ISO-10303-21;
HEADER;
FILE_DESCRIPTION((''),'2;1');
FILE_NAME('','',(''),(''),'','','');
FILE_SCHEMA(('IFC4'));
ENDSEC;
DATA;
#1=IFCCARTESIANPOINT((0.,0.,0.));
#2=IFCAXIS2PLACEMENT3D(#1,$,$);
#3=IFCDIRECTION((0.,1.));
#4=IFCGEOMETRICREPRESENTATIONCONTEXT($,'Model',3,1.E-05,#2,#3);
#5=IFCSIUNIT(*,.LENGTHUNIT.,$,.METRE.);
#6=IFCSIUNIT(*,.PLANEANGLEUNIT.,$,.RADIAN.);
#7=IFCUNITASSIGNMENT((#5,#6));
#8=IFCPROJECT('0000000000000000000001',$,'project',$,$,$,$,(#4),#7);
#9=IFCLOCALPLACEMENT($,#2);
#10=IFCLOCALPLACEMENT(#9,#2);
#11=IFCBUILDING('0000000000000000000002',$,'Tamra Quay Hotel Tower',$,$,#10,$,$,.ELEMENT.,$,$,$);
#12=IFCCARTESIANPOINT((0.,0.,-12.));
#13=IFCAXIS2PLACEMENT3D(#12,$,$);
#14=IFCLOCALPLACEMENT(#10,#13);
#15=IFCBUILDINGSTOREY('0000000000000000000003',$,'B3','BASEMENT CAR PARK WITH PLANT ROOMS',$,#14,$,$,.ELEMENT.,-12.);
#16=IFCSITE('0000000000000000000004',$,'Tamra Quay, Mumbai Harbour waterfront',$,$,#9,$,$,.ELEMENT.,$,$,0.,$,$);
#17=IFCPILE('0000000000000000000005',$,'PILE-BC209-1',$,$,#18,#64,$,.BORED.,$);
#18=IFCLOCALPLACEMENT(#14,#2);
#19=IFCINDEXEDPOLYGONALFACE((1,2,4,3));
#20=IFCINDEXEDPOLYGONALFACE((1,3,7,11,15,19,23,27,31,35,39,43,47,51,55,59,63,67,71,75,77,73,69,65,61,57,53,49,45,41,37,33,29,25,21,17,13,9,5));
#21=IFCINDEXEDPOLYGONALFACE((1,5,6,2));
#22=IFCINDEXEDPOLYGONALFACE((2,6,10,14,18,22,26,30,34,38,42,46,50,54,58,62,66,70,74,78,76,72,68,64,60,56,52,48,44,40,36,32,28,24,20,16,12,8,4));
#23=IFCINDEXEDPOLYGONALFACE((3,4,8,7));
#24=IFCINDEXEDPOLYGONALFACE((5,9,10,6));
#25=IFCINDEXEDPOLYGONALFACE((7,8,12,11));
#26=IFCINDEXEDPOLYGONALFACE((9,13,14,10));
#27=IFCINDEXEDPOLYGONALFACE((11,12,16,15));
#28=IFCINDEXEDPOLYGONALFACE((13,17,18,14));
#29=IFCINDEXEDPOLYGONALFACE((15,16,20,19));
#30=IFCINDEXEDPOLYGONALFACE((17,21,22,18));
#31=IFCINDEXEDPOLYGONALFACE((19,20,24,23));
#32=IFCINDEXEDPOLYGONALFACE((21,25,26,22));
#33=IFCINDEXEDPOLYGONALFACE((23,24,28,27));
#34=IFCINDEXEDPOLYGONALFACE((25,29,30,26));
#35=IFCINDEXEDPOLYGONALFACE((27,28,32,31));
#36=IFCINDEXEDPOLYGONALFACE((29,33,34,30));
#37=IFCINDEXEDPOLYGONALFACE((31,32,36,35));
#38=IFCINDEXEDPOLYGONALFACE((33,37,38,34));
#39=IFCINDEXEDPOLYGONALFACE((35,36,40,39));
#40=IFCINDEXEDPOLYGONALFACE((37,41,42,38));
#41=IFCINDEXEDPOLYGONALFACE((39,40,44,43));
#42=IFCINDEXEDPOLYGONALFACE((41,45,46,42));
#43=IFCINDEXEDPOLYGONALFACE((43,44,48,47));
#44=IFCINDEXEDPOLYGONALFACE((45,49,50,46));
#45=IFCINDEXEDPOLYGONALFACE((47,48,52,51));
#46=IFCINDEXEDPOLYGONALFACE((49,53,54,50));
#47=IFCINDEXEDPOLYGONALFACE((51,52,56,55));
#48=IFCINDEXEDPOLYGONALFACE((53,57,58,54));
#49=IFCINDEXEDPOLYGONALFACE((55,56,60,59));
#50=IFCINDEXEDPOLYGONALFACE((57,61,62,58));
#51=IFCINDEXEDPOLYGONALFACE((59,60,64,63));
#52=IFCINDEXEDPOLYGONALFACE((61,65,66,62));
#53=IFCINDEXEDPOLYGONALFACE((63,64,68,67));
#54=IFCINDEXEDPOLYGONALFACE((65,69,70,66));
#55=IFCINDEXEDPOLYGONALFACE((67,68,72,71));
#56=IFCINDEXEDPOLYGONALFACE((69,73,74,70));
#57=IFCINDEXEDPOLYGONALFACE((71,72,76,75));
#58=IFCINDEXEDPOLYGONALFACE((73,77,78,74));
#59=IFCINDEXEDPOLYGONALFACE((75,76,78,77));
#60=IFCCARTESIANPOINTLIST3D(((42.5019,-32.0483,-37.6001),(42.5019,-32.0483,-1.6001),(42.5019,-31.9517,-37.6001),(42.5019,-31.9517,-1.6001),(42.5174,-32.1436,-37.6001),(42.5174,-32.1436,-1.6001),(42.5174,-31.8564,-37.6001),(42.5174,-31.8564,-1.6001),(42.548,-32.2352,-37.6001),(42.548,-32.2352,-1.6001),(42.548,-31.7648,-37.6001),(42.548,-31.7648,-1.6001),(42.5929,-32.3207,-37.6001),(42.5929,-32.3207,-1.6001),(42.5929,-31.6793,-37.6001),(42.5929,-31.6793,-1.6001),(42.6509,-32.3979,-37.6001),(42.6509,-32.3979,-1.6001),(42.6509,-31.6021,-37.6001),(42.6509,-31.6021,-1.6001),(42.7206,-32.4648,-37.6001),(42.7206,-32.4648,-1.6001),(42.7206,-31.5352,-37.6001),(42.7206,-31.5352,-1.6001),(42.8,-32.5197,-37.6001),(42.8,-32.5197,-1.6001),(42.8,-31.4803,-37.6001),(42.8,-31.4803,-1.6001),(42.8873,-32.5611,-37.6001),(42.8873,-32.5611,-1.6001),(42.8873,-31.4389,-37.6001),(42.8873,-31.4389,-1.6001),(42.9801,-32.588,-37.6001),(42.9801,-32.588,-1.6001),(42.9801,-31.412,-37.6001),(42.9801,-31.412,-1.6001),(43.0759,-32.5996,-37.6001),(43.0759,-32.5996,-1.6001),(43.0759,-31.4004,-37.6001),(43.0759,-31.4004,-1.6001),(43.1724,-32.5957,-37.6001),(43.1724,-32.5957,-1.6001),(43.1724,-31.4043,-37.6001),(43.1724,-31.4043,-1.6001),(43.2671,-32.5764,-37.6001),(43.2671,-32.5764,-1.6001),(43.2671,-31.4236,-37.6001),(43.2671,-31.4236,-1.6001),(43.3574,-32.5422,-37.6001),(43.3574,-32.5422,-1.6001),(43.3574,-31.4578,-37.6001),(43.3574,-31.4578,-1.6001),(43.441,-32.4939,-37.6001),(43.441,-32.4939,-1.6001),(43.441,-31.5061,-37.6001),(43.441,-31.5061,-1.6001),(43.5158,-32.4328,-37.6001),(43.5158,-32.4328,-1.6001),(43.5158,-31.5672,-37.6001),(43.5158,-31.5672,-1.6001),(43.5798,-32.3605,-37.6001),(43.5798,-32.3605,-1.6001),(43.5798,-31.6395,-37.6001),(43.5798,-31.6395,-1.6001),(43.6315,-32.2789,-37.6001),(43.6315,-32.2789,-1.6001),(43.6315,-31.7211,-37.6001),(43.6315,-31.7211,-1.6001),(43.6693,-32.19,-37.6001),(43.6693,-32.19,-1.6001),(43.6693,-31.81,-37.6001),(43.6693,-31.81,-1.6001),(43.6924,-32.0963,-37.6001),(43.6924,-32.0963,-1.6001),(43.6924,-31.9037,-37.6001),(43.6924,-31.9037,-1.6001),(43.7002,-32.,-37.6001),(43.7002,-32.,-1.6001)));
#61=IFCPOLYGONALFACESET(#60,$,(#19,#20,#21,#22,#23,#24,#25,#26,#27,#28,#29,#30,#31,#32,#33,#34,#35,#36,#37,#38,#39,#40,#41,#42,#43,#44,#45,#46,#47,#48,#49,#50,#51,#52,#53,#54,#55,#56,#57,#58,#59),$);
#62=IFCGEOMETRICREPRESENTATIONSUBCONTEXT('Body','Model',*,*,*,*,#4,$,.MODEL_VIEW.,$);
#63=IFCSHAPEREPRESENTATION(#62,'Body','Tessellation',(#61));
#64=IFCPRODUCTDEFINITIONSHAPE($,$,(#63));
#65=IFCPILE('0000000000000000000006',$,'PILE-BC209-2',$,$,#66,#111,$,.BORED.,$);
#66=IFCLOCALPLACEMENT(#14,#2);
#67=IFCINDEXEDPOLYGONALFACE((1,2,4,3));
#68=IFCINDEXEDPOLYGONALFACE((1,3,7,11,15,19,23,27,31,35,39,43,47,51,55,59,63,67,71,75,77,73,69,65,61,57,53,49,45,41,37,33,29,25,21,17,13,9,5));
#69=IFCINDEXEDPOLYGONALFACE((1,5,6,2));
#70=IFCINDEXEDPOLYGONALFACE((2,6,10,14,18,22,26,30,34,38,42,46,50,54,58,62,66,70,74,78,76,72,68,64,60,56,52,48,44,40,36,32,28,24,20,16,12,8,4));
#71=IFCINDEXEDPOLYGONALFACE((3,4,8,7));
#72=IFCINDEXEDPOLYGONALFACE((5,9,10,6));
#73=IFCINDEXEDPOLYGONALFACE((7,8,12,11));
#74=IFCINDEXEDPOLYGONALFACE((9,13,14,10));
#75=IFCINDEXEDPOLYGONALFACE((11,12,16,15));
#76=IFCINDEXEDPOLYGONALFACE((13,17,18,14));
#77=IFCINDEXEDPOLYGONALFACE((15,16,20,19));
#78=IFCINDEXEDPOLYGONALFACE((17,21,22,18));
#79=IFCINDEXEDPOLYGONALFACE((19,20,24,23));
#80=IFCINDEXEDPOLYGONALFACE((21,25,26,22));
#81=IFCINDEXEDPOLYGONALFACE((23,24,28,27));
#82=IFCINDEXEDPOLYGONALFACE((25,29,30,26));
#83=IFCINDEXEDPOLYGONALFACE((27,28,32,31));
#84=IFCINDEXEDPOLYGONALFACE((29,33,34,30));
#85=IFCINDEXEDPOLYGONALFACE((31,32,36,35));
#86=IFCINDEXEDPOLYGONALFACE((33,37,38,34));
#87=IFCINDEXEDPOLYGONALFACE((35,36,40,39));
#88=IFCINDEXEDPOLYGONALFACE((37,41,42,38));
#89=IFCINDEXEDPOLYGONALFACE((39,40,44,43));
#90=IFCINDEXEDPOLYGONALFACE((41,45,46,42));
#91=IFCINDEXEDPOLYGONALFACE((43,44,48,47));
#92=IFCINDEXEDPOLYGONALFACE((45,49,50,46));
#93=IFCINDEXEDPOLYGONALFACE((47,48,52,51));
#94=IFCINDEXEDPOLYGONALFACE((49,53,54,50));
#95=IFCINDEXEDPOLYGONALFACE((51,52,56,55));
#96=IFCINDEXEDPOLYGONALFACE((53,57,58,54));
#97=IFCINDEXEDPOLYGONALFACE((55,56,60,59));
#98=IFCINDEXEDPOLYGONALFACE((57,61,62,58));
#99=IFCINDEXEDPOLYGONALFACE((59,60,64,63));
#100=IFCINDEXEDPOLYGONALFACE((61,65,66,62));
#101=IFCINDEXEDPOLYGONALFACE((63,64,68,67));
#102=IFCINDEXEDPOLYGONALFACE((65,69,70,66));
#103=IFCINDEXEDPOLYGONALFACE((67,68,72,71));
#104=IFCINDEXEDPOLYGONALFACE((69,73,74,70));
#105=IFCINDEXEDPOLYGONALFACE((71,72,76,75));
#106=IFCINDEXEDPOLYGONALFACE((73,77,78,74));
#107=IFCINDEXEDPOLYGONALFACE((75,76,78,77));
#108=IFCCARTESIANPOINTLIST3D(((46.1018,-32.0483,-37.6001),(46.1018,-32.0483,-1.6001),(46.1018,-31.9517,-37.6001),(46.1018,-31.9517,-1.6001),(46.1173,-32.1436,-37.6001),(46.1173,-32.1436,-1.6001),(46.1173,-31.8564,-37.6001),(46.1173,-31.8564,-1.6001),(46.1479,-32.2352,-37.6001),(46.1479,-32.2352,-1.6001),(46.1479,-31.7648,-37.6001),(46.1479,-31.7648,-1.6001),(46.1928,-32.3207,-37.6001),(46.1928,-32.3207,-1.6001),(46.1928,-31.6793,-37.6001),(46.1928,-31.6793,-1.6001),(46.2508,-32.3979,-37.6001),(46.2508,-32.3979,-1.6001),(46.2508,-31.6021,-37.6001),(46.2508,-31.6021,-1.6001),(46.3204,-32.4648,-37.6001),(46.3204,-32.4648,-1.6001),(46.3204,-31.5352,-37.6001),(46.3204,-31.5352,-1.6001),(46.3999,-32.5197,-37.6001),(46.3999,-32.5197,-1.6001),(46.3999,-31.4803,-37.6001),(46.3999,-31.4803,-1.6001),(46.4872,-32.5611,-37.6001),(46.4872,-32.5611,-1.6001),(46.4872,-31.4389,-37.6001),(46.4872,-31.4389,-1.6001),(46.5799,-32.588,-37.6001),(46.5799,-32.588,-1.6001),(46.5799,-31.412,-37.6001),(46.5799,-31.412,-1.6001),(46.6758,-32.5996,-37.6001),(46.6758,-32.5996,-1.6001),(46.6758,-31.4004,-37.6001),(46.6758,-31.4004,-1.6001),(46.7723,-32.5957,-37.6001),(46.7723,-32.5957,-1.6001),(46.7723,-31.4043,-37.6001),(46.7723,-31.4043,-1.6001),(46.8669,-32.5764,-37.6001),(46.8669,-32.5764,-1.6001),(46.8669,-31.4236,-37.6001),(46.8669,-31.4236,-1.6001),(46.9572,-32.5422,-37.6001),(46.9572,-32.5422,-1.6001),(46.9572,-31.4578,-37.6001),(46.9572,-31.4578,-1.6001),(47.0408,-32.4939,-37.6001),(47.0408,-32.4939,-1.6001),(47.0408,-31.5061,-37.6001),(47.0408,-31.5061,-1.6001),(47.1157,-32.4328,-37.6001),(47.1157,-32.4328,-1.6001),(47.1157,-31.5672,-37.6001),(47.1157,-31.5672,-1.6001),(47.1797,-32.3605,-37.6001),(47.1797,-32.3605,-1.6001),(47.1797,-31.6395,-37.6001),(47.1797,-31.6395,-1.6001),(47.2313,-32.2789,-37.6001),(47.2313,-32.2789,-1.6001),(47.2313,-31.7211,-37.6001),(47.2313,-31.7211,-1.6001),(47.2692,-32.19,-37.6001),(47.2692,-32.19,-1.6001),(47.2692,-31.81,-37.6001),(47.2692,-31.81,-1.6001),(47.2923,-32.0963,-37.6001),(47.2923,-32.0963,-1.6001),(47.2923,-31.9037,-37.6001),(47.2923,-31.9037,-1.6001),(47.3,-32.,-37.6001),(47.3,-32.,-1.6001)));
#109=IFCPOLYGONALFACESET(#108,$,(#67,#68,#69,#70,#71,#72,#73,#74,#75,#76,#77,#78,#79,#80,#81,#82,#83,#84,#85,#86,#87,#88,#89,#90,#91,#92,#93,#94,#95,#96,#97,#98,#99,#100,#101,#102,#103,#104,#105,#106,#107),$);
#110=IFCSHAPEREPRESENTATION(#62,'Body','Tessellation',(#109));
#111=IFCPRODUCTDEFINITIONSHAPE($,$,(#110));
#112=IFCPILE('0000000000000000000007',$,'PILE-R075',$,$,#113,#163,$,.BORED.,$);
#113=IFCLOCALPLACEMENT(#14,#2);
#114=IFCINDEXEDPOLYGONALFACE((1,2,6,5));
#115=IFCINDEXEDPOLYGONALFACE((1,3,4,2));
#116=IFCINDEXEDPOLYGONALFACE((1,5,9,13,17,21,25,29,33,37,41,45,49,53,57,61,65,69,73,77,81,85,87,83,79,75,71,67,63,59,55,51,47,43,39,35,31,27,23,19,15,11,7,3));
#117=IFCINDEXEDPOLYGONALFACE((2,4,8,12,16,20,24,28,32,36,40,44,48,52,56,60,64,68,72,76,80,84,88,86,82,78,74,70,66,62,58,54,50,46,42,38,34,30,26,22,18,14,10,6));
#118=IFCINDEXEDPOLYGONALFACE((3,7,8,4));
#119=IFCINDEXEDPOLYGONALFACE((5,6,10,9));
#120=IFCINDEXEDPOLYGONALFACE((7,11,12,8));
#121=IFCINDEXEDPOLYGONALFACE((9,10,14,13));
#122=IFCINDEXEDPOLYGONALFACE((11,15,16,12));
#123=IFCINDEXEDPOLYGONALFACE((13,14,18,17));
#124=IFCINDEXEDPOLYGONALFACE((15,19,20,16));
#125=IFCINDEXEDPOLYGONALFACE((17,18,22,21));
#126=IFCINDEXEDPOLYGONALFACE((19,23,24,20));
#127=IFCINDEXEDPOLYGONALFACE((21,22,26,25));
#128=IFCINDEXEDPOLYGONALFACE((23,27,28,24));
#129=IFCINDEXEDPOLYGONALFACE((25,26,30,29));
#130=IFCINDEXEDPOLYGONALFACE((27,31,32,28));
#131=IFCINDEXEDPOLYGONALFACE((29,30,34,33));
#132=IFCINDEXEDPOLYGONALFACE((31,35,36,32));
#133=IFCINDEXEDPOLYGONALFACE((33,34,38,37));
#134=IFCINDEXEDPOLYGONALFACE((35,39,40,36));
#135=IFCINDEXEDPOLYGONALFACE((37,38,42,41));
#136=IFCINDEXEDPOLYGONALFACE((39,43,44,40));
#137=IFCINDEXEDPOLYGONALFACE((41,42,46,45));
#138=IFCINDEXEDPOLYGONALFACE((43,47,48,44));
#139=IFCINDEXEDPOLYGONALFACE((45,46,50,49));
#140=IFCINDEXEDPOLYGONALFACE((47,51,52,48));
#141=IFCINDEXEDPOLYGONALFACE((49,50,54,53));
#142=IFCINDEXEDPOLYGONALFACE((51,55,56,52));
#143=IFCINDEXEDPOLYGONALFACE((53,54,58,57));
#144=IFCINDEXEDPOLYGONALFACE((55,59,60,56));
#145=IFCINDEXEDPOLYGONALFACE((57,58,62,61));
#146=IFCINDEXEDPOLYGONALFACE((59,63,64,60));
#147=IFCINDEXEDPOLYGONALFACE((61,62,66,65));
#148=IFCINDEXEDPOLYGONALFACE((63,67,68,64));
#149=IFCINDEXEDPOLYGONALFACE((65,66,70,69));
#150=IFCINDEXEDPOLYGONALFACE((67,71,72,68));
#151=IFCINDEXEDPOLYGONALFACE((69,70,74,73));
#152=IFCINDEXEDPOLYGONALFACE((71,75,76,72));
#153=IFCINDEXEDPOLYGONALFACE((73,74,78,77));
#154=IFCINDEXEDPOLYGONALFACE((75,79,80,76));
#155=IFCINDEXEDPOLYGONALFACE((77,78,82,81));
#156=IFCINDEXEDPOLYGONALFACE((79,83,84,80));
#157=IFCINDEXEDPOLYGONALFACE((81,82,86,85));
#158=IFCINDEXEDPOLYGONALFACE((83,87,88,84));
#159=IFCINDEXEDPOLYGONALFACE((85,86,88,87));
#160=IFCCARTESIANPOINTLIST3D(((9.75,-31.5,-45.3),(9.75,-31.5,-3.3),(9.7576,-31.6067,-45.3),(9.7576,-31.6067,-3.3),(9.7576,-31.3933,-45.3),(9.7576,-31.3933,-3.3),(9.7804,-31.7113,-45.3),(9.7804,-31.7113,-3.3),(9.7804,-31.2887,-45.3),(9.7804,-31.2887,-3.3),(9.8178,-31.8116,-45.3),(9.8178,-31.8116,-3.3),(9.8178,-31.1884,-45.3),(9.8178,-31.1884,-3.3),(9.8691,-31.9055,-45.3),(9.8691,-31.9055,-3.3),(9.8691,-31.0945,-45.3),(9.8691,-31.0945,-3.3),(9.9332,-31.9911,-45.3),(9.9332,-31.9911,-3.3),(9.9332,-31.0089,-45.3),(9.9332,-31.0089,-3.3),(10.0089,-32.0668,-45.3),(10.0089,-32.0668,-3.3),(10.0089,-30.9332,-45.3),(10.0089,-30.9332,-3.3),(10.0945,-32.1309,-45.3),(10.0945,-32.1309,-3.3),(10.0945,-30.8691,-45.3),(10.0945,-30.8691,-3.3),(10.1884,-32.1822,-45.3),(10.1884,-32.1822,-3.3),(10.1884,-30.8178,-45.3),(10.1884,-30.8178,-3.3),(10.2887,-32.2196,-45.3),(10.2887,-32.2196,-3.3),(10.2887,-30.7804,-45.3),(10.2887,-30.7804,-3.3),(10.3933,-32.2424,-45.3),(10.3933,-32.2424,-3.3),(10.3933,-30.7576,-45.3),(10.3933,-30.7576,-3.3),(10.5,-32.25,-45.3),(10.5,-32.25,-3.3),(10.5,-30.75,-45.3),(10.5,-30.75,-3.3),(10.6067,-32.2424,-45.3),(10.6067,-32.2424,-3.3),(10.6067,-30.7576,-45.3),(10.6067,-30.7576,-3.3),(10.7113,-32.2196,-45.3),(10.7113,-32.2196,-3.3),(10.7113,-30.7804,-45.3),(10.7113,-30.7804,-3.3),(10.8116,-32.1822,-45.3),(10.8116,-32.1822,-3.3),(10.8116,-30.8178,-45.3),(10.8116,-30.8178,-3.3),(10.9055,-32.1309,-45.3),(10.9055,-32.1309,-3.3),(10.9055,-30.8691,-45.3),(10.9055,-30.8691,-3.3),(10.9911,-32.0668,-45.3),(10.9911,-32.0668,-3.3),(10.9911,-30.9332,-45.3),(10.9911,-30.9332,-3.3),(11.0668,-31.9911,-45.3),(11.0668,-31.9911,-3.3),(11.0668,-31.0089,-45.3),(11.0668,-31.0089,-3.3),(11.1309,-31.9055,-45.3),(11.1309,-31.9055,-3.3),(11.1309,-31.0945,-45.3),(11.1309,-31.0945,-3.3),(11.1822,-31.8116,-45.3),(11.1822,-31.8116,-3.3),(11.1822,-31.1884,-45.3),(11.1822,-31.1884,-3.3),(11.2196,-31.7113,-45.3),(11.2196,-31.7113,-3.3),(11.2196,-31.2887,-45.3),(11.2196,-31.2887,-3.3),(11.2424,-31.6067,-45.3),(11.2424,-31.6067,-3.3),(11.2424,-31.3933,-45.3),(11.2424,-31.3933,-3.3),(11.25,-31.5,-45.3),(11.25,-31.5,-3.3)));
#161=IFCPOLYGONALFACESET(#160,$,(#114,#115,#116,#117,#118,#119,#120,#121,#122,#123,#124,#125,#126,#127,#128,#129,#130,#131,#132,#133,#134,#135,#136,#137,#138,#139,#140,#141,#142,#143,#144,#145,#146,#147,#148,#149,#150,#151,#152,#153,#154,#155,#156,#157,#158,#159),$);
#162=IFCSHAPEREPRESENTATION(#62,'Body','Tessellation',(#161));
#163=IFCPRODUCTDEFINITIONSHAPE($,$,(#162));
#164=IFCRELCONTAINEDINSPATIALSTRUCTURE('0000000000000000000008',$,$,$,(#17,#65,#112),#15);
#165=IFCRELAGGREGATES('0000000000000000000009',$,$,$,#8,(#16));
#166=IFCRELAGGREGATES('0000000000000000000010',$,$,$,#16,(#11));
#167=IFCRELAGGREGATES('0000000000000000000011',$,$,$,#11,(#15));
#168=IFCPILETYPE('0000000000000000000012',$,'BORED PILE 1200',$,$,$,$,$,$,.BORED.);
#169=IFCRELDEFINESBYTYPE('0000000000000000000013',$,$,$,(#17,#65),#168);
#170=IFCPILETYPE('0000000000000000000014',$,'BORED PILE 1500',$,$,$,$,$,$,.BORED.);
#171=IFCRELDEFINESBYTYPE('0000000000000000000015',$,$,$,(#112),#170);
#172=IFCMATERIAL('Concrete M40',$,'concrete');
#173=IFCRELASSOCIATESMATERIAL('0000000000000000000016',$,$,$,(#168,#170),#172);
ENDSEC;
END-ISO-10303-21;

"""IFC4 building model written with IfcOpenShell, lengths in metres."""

from ifc_helpers import new_model, si_unit, direction, frame, origin, origin_2d, place, context, subcontext, project, spatial, circle, extrude, material, material_profile, profile_set, type_object, element, save


model = new_model("IFC4")

# Units and contexts
model_context = context("Model", 3, precision=1e-05, world=origin(), true_north=direction((0.0, 1.0)))
body_context = subcontext(model_context, "Body", "Model", "MODEL_VIEW")
ifc_project = project(units=[si_unit("LENGTHUNIT", "METRE"), si_unit("PLANEANGLEUNIT", "RADIAN")], contexts=[model_context])

# Site, building, storey
site_placement = place(None, origin())
site = spatial("IfcSite", under=ifc_project, at=site_placement, Name="Tamra Quay, Mumbai Harbour waterfront", CompositionType="ELEMENT", RefElevation=0.0)
building_placement = place(site_placement, origin())
building = spatial("IfcBuilding", under=site, at=building_placement, Name="Tamra Quay Hotel Tower", CompositionType="ELEMENT")
storey_placement = place(building_placement, frame((0.0, 0.0, -12.0)))
storey = spatial("IfcBuildingStorey", under=building, at=storey_placement, Name="B3", Description="BASEMENT CAR PARK WITH PLANT ROOMS", CompositionType="ELEMENT", Elevation=-12.0)

# Piles
ifc_material_1 = material(Name="Concrete M40", Category="concrete")
ifc_material_profile_1 = material_profile(ifc_material_1, circle(Radius=0.6001, at=origin_2d()), Name="BORED PILE 1200")
ifc_profile_set_1 = profile_set([ifc_material_profile_1], Name="Concrete M40")
pile_type_1 = type_object("IfcPileType", Name="BORED PILE 1200", PredefinedType="BORED", material=ifc_profile_set_1)
for number, where, z_axis, x_axis, name in (
    (1, (43.1001, -32.0, -1.6001), (0.0, 0.0, -1.0), (1.0, 0.0, 0.0), "PILE-BC209-1"),
    (2, (46.7, -32.0, -1.6001), (0.0, 0.0, -1.0), (1.0, 0.0, 0.0), "PILE-BC209-2"),
):
    element("IfcPile", number, at=place(storey_placement, frame(where, z_axis=z_axis, x_axis=x_axis)), inside=storey, type_object=pile_type_1, Name=name, PredefinedType="BORED", context=body_context, shape_type="SweptSolid", body=[
        extrude(circle(Radius=0.6001, at=origin_2d()), origin(), (0.0, 0.0, 1.0), 36.0),
    ])
ifc_material_profile_2 = material_profile(ifc_material_1, circle(Radius=0.75, at=origin_2d()), Name="BORED PILE 1500")
ifc_profile_set_2 = profile_set([ifc_material_profile_2], Name="Concrete M40")
pile_type_2 = type_object("IfcPileType", Name="BORED PILE 1500", PredefinedType="BORED", material=ifc_profile_set_2)
for number, where, z_axis, x_axis, name in (
    (3, (10.5, -31.5, -3.3), (0.0, 0.0, -1.0), (1.0, 0.0, 0.0), "PILE-R075"),
):
    element("IfcPile", number, at=place(storey_placement, frame(where, z_axis=z_axis, x_axis=x_axis)), inside=storey, type_object=pile_type_2, Name=name, PredefinedType="BORED", context=body_context, shape_type="SweptSolid", body=[
        extrude(circle(Radius=0.75, at=origin_2d()), origin(), (0.0, 0.0, 1.0), 42.0),
    ])

save(model, "model.ifc")
